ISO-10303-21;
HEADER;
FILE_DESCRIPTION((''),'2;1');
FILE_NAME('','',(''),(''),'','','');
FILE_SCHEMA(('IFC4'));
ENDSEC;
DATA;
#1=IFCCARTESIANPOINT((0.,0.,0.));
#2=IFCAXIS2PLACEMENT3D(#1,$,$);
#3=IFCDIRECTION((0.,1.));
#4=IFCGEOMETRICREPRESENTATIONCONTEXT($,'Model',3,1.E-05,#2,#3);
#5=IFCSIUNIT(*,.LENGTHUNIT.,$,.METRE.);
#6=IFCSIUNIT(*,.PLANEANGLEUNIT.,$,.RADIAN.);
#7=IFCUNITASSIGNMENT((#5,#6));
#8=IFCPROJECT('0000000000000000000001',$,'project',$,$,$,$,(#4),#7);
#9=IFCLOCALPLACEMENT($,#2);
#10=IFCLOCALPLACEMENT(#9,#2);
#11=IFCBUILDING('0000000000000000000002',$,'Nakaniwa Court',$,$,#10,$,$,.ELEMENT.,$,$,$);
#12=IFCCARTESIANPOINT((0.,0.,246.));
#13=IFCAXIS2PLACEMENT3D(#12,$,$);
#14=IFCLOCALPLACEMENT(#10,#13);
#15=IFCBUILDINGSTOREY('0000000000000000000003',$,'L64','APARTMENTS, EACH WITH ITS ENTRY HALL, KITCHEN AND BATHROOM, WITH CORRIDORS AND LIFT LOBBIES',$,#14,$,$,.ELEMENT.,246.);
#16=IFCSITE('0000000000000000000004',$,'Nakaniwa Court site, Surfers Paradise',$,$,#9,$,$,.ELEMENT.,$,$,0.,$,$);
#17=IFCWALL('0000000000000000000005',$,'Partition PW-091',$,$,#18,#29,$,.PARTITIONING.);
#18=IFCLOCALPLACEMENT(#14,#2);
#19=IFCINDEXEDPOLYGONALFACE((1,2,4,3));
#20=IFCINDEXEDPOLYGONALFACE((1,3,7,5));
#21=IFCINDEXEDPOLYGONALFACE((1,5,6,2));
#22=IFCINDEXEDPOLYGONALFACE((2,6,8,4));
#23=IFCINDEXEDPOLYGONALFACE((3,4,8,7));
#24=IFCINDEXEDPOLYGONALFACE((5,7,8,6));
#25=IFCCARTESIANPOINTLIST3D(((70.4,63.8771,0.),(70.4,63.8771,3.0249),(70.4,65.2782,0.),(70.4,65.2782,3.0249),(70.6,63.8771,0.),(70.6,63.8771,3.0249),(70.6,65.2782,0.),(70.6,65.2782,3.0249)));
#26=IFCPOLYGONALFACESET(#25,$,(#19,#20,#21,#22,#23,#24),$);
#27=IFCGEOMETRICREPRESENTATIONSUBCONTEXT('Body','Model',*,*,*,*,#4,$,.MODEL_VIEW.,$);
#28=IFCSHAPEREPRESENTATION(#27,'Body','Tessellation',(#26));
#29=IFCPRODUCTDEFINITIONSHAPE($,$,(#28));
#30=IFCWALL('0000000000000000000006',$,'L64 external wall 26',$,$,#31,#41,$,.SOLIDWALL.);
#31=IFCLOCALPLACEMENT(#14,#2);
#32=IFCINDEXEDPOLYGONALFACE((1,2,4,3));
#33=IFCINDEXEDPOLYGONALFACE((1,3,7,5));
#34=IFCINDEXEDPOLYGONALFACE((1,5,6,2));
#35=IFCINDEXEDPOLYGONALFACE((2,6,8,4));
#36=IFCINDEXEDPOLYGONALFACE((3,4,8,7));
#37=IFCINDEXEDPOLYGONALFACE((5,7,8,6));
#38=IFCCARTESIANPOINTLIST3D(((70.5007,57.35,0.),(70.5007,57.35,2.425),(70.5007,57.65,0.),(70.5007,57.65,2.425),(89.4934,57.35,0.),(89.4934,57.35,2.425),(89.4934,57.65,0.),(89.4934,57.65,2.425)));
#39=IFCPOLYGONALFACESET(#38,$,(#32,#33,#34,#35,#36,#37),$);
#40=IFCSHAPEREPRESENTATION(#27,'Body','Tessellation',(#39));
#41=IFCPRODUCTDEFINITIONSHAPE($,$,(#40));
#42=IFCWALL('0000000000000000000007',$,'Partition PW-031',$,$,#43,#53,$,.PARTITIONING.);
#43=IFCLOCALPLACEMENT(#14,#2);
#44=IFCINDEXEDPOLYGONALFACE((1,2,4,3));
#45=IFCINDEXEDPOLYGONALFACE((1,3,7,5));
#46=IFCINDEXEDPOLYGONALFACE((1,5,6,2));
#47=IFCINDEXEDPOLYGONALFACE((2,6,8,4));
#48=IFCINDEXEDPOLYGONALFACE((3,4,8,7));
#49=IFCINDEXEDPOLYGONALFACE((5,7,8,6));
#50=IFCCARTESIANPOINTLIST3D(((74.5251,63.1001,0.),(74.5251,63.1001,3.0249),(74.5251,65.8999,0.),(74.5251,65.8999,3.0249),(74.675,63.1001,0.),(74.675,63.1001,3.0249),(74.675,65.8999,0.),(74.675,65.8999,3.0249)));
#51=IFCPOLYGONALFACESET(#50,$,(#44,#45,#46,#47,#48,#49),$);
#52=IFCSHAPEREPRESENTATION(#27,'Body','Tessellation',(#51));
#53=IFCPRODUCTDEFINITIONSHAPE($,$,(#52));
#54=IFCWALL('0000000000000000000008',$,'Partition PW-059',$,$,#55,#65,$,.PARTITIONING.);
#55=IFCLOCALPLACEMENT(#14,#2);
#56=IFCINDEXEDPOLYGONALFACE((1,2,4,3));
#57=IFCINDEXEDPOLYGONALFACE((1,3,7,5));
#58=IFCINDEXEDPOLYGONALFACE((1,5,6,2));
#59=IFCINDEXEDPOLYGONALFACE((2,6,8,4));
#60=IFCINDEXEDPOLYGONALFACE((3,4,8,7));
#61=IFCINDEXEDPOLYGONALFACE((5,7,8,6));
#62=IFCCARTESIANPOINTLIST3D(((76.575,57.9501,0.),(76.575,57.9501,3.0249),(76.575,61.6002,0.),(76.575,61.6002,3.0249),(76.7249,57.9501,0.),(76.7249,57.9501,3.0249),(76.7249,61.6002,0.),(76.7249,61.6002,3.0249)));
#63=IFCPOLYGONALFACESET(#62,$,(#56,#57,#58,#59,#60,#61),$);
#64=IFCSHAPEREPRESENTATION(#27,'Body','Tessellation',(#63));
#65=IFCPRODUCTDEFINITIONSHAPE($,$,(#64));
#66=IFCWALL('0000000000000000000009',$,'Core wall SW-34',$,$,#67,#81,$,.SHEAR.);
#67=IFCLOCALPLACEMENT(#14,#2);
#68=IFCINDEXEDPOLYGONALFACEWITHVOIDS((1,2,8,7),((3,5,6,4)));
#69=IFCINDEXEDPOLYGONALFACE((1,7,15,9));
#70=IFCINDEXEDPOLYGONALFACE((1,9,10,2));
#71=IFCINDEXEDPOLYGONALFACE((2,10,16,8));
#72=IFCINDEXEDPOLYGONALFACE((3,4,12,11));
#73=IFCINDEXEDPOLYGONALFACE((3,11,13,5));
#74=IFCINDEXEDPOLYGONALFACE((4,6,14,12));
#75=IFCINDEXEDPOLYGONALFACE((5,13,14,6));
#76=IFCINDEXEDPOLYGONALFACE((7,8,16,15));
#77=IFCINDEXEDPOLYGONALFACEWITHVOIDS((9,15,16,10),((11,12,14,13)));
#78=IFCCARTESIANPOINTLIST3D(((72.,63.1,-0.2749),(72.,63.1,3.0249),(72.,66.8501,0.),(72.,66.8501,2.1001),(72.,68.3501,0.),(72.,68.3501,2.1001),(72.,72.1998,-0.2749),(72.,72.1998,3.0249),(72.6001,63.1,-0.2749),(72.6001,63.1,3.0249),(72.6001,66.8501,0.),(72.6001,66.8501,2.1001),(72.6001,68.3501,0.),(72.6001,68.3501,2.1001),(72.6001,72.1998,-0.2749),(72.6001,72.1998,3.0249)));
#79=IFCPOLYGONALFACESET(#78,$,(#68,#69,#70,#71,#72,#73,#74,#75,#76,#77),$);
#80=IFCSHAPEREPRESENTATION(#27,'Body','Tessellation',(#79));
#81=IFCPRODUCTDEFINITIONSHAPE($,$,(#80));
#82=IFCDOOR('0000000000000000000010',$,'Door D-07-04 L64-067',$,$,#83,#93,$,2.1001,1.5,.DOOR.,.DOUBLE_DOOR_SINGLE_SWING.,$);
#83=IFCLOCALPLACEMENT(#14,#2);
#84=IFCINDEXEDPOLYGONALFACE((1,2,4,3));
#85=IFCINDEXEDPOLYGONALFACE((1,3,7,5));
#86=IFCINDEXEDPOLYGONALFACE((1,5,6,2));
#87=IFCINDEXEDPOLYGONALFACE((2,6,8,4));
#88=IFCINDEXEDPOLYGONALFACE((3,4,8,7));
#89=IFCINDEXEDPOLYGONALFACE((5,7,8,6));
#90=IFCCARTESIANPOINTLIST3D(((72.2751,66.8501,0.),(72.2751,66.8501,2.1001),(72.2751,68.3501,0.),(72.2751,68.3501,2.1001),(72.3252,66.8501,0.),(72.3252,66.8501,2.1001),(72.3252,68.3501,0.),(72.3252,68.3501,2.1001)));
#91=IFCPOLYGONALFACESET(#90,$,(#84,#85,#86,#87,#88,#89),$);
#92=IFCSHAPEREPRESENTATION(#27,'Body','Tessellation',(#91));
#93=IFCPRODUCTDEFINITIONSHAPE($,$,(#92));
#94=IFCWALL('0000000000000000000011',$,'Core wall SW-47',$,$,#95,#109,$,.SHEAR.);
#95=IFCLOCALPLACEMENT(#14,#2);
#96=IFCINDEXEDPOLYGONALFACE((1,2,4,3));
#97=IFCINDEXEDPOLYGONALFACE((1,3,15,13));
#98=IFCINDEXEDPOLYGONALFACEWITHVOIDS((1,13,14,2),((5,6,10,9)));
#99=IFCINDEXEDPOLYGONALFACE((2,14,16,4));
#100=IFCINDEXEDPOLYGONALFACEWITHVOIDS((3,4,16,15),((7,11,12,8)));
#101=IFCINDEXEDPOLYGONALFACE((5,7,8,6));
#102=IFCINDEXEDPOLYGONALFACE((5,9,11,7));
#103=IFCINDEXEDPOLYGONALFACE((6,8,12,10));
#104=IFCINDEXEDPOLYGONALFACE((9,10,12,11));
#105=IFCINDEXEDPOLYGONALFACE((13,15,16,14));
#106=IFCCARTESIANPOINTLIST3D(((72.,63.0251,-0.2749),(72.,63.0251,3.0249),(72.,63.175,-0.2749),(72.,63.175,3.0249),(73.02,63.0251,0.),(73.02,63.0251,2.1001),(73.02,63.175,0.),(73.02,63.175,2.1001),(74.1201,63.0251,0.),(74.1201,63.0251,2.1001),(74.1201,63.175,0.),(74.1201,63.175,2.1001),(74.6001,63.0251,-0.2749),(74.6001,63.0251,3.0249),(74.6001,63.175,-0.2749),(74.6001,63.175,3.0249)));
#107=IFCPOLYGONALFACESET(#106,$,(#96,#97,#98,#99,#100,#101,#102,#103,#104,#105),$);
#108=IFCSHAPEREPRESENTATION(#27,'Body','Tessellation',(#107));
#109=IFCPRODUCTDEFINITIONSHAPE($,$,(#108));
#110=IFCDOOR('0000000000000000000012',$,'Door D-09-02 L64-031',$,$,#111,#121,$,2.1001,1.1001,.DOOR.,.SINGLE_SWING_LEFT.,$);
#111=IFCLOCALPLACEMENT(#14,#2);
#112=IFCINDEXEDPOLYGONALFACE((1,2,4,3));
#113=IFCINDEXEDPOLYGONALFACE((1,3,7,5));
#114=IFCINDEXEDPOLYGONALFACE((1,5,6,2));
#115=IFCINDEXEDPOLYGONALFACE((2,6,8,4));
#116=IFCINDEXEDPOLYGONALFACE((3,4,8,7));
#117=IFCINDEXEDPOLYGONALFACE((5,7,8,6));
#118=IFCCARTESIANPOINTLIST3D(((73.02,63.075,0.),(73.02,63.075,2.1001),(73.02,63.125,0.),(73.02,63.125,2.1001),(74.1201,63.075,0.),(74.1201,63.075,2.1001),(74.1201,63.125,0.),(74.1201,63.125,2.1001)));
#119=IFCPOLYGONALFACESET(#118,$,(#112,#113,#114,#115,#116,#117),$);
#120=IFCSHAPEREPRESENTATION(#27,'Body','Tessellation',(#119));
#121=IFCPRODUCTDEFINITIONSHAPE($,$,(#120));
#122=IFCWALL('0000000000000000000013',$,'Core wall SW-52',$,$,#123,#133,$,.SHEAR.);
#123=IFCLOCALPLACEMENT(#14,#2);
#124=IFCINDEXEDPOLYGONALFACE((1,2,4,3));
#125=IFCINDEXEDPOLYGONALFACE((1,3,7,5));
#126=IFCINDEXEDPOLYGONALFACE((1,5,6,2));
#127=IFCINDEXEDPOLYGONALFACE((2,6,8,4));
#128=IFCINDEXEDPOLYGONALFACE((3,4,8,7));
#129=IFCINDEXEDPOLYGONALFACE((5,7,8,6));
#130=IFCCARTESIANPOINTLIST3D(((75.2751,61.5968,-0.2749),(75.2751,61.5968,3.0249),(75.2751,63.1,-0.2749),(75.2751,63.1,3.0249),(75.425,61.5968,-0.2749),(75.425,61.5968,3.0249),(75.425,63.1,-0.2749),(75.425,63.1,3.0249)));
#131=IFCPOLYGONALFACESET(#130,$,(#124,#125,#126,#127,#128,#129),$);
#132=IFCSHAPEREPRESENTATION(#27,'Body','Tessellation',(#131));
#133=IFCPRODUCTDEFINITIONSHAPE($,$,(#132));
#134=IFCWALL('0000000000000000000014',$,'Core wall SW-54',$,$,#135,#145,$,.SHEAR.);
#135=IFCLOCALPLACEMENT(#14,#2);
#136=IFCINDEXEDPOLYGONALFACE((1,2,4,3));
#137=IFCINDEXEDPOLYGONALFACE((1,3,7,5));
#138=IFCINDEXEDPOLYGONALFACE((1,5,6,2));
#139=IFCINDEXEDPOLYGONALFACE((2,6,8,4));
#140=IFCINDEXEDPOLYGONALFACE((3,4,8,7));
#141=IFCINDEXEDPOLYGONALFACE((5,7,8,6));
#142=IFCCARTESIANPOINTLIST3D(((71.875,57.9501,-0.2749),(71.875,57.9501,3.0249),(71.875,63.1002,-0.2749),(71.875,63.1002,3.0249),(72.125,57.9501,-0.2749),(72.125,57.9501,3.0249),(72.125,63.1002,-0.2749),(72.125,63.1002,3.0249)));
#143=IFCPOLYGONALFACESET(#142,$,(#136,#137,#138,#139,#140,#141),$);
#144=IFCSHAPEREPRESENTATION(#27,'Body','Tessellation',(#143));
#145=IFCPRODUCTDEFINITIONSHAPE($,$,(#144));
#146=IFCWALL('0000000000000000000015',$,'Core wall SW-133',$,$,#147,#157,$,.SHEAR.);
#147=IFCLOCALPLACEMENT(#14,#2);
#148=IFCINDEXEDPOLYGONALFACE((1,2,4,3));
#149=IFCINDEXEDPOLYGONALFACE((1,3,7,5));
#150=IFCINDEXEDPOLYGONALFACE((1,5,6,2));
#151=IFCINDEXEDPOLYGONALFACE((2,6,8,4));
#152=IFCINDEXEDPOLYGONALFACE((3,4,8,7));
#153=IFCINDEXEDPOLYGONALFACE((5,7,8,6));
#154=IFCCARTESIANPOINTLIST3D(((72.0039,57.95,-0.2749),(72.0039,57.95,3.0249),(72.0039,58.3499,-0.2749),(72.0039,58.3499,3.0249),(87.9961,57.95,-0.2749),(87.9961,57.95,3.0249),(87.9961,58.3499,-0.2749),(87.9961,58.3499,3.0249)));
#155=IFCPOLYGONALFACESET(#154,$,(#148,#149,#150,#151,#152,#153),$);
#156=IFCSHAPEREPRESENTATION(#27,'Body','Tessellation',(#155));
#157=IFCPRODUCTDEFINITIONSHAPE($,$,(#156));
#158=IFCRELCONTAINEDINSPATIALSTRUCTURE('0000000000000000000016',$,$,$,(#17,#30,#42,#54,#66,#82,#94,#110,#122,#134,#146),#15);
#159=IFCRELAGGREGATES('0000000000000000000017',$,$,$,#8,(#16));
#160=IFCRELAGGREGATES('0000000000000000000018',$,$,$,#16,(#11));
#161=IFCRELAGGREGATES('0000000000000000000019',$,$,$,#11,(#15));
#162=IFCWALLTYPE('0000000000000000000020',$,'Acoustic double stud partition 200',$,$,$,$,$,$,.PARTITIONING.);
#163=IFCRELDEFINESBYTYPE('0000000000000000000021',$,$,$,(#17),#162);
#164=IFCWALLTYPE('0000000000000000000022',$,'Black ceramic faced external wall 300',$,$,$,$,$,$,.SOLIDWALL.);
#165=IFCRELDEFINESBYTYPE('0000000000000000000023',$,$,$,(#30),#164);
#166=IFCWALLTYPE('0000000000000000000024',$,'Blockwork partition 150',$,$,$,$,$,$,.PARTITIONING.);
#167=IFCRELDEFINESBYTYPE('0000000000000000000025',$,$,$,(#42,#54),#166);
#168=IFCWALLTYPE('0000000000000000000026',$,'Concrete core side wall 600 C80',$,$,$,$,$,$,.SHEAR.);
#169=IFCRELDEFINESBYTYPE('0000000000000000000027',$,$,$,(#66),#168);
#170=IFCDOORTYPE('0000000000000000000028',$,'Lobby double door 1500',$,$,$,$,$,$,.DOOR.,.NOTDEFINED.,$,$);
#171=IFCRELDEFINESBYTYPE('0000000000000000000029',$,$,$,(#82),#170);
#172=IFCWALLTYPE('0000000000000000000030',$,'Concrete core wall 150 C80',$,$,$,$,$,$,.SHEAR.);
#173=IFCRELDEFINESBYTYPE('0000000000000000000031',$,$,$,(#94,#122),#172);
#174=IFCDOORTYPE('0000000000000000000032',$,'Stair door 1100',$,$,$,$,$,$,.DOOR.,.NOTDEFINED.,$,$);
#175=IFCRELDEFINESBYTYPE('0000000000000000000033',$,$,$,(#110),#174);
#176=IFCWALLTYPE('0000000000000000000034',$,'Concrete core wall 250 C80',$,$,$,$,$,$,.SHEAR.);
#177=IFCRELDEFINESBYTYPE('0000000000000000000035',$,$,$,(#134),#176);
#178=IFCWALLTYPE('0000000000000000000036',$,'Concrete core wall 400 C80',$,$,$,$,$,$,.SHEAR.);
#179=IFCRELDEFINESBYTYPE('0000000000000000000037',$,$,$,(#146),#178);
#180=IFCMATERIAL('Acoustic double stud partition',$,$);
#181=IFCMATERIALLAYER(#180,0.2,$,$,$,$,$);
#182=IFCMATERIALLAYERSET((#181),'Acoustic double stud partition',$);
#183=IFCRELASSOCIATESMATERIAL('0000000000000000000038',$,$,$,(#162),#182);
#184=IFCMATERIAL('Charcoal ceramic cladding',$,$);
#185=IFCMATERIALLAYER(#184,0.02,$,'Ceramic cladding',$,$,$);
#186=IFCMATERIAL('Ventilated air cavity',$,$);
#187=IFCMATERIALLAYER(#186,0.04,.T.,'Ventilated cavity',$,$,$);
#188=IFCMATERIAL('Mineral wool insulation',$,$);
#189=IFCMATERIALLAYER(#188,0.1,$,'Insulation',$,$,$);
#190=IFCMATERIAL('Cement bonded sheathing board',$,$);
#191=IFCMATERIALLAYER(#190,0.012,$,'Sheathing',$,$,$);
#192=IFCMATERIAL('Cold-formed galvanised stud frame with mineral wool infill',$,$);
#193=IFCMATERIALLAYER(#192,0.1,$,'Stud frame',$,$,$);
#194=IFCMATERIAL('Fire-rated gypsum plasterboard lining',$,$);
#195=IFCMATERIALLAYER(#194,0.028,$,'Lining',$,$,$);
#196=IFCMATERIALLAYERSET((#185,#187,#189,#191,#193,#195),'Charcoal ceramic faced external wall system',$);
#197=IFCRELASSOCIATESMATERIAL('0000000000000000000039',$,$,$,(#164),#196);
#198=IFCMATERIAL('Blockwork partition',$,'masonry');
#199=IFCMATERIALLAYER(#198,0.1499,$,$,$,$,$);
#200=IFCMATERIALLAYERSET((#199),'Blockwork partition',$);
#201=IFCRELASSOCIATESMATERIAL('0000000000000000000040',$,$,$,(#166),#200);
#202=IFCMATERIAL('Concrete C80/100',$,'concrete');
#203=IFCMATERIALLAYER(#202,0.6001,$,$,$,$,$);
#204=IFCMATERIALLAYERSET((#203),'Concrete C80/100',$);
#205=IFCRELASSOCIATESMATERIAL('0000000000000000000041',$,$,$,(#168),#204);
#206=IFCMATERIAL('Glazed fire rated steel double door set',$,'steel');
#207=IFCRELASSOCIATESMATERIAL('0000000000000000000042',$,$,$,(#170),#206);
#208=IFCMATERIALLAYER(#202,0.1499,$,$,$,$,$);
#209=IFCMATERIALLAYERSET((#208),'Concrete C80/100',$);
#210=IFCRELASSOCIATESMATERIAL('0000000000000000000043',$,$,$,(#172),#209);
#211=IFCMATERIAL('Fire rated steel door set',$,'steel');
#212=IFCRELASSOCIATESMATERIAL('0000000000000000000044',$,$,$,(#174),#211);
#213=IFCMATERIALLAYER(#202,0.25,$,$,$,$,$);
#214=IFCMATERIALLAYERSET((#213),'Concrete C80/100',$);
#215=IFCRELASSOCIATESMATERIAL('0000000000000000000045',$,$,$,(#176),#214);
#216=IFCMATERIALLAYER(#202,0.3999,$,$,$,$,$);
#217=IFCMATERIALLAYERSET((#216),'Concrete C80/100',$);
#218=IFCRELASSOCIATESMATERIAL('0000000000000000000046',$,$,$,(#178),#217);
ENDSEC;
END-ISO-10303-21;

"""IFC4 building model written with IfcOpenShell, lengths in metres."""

from ifc_helpers import new_model, si_unit, direction, frame, frame_2d, origin, place, context, subcontext, project, spatial, rectangle, extrude, material, layer, layer_set, type_object, element, fill, save


model = new_model("IFC4")

# Units and contexts
model_context = context("Model", 3, precision=1e-05, world=origin(), true_north=direction((0.0, 1.0)))
body_context = subcontext(model_context, "Body", "Model", "MODEL_VIEW")
ifc_project = project(units=[si_unit("LENGTHUNIT", "METRE"), si_unit("PLANEANGLEUNIT", "RADIAN")], contexts=[model_context])

# Site, building, storey
site_placement = place(None, origin())
site = spatial("IfcSite", under=ifc_project, at=site_placement, Name="Nakaniwa Court site, Surfers Paradise", CompositionType="ELEMENT", RefElevation=0.0)
building_placement = place(site_placement, origin())
building = spatial("IfcBuilding", under=site, at=building_placement, Name="Nakaniwa Court", CompositionType="ELEMENT")
storey_placement = place(building_placement, frame((0.0, 0.0, 246.0)))
storey = spatial("IfcBuildingStorey", under=building, at=storey_placement, Name="L64", Description="APARTMENTS, EACH WITH ITS ENTRY HALL, KITCHEN AND BATHROOM, WITH CORRIDORS AND LIFT LOBBIES", CompositionType="ELEMENT", Elevation=246.0)

# Walls
ifc_material_1 = material(Name="Acoustic double stud partition")
ifc_layer_1 = layer(ifc_material_1, 0.2)
ifc_layer_set_1 = layer_set([ifc_layer_1], Name="Acoustic double stud partition")
wall_type_1 = type_object("IfcWallType", Name="Acoustic double stud partition 200", PredefinedType="PARTITIONING", material=ifc_layer_set_1)
wall_1_placement = place(storey_placement, frame((70.5, 63.877, 0.0), z_axis=(0.0, 0.0, 1.0), x_axis=(0.0, 1.0, 0.0)))
element("IfcWall", 1, at=wall_1_placement, inside=storey, type_object=wall_type_1, Name="Partition PW-091", PredefinedType="PARTITIONING", context=body_context, shape_type="SweptSolid", body=[
    extrude(rectangle(XDim=1.4011, YDim=0.2, at=frame_2d((0.7007, 0.0))), origin(), (0.0, 0.0, 1.0), 3.0249),
])
ifc_material_2 = material(Name="Charcoal ceramic cladding")
ifc_layer_2 = layer(ifc_material_2, 0.02, Name="Ceramic cladding")
ifc_material_3 = material(Name="Ventilated air cavity")
ifc_layer_3 = layer(ifc_material_3, 0.04, ventilated=True, Name="Ventilated cavity")
ifc_material_4 = material(Name="Mineral wool insulation")
ifc_layer_4 = layer(ifc_material_4, 0.1, Name="Insulation")
ifc_material_5 = material(Name="Cement bonded sheathing board")
ifc_layer_5 = layer(ifc_material_5, 0.012, Name="Sheathing")
ifc_material_6 = material(Name="Cold-formed galvanised stud frame with mineral wool infill")
ifc_layer_6 = layer(ifc_material_6, 0.1, Name="Stud frame")
ifc_material_7 = material(Name="Fire-rated gypsum plasterboard lining")
ifc_layer_7 = layer(ifc_material_7, 0.028, Name="Lining")
ifc_layer_set_2 = layer_set([ifc_layer_2, ifc_layer_3, ifc_layer_4, ifc_layer_5, ifc_layer_6, ifc_layer_7], Name="Charcoal ceramic faced external wall system")
wall_type_2 = type_object("IfcWallType", Name="Black ceramic faced external wall 300", PredefinedType="SOLIDWALL", material=ifc_layer_set_2)
wall_2_placement = place(storey_placement, frame((70.5007, 57.5, 0.0), z_axis=(0.0, 0.0, 1.0), x_axis=(1.0, 0.0, 0.0)))
element("IfcWall", 2, at=wall_2_placement, inside=storey, type_object=wall_type_2, Name="L64 external wall 26", PredefinedType="SOLIDWALL", context=body_context, shape_type="SweptSolid", body=[
    extrude(rectangle(XDim=18.9927, YDim=0.3, at=frame_2d((9.4963, 0.0))), origin(), (0.0, 0.0, 1.0), 2.425),
])
ifc_material_8 = material(Name="Blockwork partition", Category="masonry")
ifc_layer_8 = layer(ifc_material_8, 0.1499)
ifc_layer_set_3 = layer_set([ifc_layer_8], Name="Blockwork partition")
wall_type_3 = type_object("IfcWallType", Name="Blockwork partition 150", PredefinedType="PARTITIONING", material=ifc_layer_set_3)
wall_3_placement = place(storey_placement, frame((74.6001, 63.1001, 0.0), z_axis=(0.0, 0.0, 1.0), x_axis=(0.0, 1.0, 0.0)))
element("IfcWall", 3, at=wall_3_placement, inside=storey, type_object=wall_type_3, Name="Partition PW-031", PredefinedType="PARTITIONING", context=body_context, shape_type="SweptSolid", body=[
    extrude(rectangle(XDim=2.7998, YDim=0.1499, at=frame_2d((1.3999, 0.0))), origin(), (0.0, 0.0, 1.0), 3.0249),
])
wall_4_placement = place(storey_placement, frame((76.6499, 57.95, 0.0), z_axis=(0.0, 0.0, 1.0), x_axis=(0.0, 1.0, 0.0)))
element("IfcWall", 4, at=wall_4_placement, inside=storey, type_object=wall_type_3, Name="Partition PW-059", PredefinedType="PARTITIONING", context=body_context, shape_type="SweptSolid", body=[
    extrude(rectangle(XDim=3.6501, YDim=0.1499, at=frame_2d((1.8252, 0.0))), origin(), (0.0, 0.0, 1.0), 3.0249),
])

# Walls, openings, doors
ifc_material_9 = material(Name="Concrete C80/100", Category="concrete")
ifc_layer_9 = layer(ifc_material_9, 0.6001)
ifc_layer_set_4 = layer_set([ifc_layer_9], Name="Concrete C80/100")
wall_type_4 = type_object("IfcWallType", Name="Concrete core side wall 600 C80", PredefinedType="SHEAR", material=ifc_layer_set_4)
wall_5_placement = place(storey_placement, frame((72.3, 63.1001, -0.2749), z_axis=(0.0, 0.0, 1.0), x_axis=(0.0, 1.0, 0.0)))
wall_5 = element("IfcWall", 5, at=wall_5_placement, inside=storey, type_object=wall_type_4, Name="Core wall SW-34", PredefinedType="SHEAR", context=body_context, shape_type="SweptSolid", body=[
    extrude(rectangle(XDim=9.0999, YDim=0.6001, at=frame_2d((4.5498, 0.0))), origin(), (0.0, 0.0, 1.0), 3.2998),
])
opening_1_placement = place(wall_5_placement, frame((3.75, 0.0, 0.2749)))
opening_1 = element("IfcOpeningElement", 6, at=opening_1_placement, cuts=wall_5, PredefinedType="OPENING", context=body_context, shape_type="SweptSolid", body=[
    extrude(rectangle(XDim=1.5, YDim=2.1001, at=frame_2d((0.75, 1.05))), frame((0.0, 0.3101, 0.0), z_axis=(0.0, -1.0, 0.0), x_axis=(1.0, 0.0, 0.0)), (0.0, 0.0, 1.0), 0.6201),
])
ifc_material_10 = material(Name="Glazed fire rated steel double door set", Category="steel")
door_type_1 = type_object("IfcDoorType", Name="Lobby double door 1500", OperationType="NOTDEFINED", PredefinedType="DOOR", material=ifc_material_10)
door_1_placement = place(opening_1_placement, origin())
door_1 = element("IfcDoor", 7, at=door_1_placement, inside=storey, type_object=door_type_1, Name="Door D-07-04 L64-067", OperationType="DOUBLE_DOOR_SINGLE_SWING", OverallHeight=2.1001, OverallWidth=1.5, PredefinedType="DOOR", context=body_context, shape_type="SweptSolid", body=[
    extrude(rectangle(XDim=1.5, YDim=2.1001, at=frame_2d((0.75, 1.05))), frame((0.0, 0.0249, 0.0), z_axis=(0.0, -1.0, 0.0), x_axis=(1.0, 0.0, 0.0)), (0.0, 0.0, 1.0), 0.05),
])
fill(opening_1, door_1)
ifc_layer_10 = layer(ifc_material_9, 0.1499)
ifc_layer_set_5 = layer_set([ifc_layer_10], Name="Concrete C80/100")
wall_type_5 = type_object("IfcWallType", Name="Concrete core wall 150 C80", PredefinedType="SHEAR", material=ifc_layer_set_5)
wall_6_placement = place(storey_placement, frame((72.0, 63.1001, -0.2749), z_axis=(0.0, 0.0, 1.0), x_axis=(1.0, 0.0, 0.0)))
wall_6 = element("IfcWall", 8, at=wall_6_placement, inside=storey, type_object=wall_type_5, Name="Core wall SW-47", PredefinedType="SHEAR", context=body_context, shape_type="SweptSolid", body=[
    extrude(rectangle(XDim=2.6001, YDim=0.1499, at=frame_2d((1.3, 0.0))), origin(), (0.0, 0.0, 1.0), 3.2998),
])
opening_2_placement = place(wall_6_placement, frame((1.02, 0.0, 0.2749)))
opening_2 = element("IfcOpeningElement", 9, at=opening_2_placement, cuts=wall_6, PredefinedType="OPENING", context=body_context, shape_type="SweptSolid", body=[
    extrude(rectangle(XDim=1.1001, YDim=2.1001, at=frame_2d((0.55, 1.05))), frame((0.0, 0.085, 0.0), z_axis=(0.0, -1.0, 0.0), x_axis=(1.0, 0.0, 0.0)), (0.0, 0.0, 1.0), 0.1699),
])
ifc_material_11 = material(Name="Fire rated steel door set", Category="steel")
door_type_2 = type_object("IfcDoorType", Name="Stair door 1100", OperationType="NOTDEFINED", PredefinedType="DOOR", material=ifc_material_11)
door_2_placement = place(opening_2_placement, origin())
door_2 = element("IfcDoor", 10, at=door_2_placement, inside=storey, type_object=door_type_2, Name="Door D-09-02 L64-031", OperationType="SINGLE_SWING_LEFT", OverallHeight=2.1001, OverallWidth=1.1001, PredefinedType="DOOR", context=body_context, shape_type="SweptSolid", body=[
    extrude(rectangle(XDim=1.1001, YDim=2.1001, at=frame_2d((0.55, 1.05))), frame((0.0, 0.0249, 0.0), z_axis=(0.0, -1.0, 0.0), x_axis=(1.0, 0.0, 0.0)), (0.0, 0.0, 1.0), 0.05),
])
fill(opening_2, door_2)

# Walls
wall_7_placement = place(storey_placement, frame((75.3501, 61.5969, -0.2749), z_axis=(0.0, 0.0, 1.0), x_axis=(0.0, 1.0, 0.0)))
element("IfcWall", 11, at=wall_7_placement, inside=storey, type_object=wall_type_5, Name="Core wall SW-52", PredefinedType="SHEAR", context=body_context, shape_type="SweptSolid", body=[
    extrude(rectangle(XDim=1.5032, YDim=0.1499, at=frame_2d((0.7515, 0.0))), origin(), (0.0, 0.0, 1.0), 3.2998),
])
ifc_layer_11 = layer(ifc_material_9, 0.25)
ifc_layer_set_6 = layer_set([ifc_layer_11], Name="Concrete C80/100")
wall_type_6 = type_object("IfcWallType", Name="Concrete core wall 250 C80", PredefinedType="SHEAR", material=ifc_layer_set_6)
wall_8_placement = place(storey_placement, frame((72.0, 57.95, -0.2749), z_axis=(0.0, 0.0, 1.0), x_axis=(0.0, 1.0, 0.0)))
element("IfcWall", 12, at=wall_8_placement, inside=storey, type_object=wall_type_6, Name="Core wall SW-54", PredefinedType="SHEAR", context=body_context, shape_type="SweptSolid", body=[
    extrude(rectangle(XDim=5.1501, YDim=0.25, at=frame_2d((2.5752, 0.0))), origin(), (0.0, 0.0, 1.0), 3.2998),
])
ifc_layer_12 = layer(ifc_material_9, 0.3999)
ifc_layer_set_7 = layer_set([ifc_layer_12], Name="Concrete C80/100")
wall_type_7 = type_object("IfcWallType", Name="Concrete core wall 400 C80", PredefinedType="SHEAR", material=ifc_layer_set_7)
wall_9_placement = place(storey_placement, frame((72.0039, 58.1499, -0.2749), z_axis=(0.0, 0.0, 1.0), x_axis=(1.0, 0.0, 0.0)))
element("IfcWall", 13, at=wall_9_placement, inside=storey, type_object=wall_type_7, Name="Core wall SW-133", PredefinedType="SHEAR", context=body_context, shape_type="SweptSolid", body=[
    extrude(rectangle(XDim=15.9922, YDim=0.3999, at=frame_2d((7.9961, 0.0))), origin(), (0.0, 0.0, 1.0), 3.2998),
])

save(model, "model.ifc")
